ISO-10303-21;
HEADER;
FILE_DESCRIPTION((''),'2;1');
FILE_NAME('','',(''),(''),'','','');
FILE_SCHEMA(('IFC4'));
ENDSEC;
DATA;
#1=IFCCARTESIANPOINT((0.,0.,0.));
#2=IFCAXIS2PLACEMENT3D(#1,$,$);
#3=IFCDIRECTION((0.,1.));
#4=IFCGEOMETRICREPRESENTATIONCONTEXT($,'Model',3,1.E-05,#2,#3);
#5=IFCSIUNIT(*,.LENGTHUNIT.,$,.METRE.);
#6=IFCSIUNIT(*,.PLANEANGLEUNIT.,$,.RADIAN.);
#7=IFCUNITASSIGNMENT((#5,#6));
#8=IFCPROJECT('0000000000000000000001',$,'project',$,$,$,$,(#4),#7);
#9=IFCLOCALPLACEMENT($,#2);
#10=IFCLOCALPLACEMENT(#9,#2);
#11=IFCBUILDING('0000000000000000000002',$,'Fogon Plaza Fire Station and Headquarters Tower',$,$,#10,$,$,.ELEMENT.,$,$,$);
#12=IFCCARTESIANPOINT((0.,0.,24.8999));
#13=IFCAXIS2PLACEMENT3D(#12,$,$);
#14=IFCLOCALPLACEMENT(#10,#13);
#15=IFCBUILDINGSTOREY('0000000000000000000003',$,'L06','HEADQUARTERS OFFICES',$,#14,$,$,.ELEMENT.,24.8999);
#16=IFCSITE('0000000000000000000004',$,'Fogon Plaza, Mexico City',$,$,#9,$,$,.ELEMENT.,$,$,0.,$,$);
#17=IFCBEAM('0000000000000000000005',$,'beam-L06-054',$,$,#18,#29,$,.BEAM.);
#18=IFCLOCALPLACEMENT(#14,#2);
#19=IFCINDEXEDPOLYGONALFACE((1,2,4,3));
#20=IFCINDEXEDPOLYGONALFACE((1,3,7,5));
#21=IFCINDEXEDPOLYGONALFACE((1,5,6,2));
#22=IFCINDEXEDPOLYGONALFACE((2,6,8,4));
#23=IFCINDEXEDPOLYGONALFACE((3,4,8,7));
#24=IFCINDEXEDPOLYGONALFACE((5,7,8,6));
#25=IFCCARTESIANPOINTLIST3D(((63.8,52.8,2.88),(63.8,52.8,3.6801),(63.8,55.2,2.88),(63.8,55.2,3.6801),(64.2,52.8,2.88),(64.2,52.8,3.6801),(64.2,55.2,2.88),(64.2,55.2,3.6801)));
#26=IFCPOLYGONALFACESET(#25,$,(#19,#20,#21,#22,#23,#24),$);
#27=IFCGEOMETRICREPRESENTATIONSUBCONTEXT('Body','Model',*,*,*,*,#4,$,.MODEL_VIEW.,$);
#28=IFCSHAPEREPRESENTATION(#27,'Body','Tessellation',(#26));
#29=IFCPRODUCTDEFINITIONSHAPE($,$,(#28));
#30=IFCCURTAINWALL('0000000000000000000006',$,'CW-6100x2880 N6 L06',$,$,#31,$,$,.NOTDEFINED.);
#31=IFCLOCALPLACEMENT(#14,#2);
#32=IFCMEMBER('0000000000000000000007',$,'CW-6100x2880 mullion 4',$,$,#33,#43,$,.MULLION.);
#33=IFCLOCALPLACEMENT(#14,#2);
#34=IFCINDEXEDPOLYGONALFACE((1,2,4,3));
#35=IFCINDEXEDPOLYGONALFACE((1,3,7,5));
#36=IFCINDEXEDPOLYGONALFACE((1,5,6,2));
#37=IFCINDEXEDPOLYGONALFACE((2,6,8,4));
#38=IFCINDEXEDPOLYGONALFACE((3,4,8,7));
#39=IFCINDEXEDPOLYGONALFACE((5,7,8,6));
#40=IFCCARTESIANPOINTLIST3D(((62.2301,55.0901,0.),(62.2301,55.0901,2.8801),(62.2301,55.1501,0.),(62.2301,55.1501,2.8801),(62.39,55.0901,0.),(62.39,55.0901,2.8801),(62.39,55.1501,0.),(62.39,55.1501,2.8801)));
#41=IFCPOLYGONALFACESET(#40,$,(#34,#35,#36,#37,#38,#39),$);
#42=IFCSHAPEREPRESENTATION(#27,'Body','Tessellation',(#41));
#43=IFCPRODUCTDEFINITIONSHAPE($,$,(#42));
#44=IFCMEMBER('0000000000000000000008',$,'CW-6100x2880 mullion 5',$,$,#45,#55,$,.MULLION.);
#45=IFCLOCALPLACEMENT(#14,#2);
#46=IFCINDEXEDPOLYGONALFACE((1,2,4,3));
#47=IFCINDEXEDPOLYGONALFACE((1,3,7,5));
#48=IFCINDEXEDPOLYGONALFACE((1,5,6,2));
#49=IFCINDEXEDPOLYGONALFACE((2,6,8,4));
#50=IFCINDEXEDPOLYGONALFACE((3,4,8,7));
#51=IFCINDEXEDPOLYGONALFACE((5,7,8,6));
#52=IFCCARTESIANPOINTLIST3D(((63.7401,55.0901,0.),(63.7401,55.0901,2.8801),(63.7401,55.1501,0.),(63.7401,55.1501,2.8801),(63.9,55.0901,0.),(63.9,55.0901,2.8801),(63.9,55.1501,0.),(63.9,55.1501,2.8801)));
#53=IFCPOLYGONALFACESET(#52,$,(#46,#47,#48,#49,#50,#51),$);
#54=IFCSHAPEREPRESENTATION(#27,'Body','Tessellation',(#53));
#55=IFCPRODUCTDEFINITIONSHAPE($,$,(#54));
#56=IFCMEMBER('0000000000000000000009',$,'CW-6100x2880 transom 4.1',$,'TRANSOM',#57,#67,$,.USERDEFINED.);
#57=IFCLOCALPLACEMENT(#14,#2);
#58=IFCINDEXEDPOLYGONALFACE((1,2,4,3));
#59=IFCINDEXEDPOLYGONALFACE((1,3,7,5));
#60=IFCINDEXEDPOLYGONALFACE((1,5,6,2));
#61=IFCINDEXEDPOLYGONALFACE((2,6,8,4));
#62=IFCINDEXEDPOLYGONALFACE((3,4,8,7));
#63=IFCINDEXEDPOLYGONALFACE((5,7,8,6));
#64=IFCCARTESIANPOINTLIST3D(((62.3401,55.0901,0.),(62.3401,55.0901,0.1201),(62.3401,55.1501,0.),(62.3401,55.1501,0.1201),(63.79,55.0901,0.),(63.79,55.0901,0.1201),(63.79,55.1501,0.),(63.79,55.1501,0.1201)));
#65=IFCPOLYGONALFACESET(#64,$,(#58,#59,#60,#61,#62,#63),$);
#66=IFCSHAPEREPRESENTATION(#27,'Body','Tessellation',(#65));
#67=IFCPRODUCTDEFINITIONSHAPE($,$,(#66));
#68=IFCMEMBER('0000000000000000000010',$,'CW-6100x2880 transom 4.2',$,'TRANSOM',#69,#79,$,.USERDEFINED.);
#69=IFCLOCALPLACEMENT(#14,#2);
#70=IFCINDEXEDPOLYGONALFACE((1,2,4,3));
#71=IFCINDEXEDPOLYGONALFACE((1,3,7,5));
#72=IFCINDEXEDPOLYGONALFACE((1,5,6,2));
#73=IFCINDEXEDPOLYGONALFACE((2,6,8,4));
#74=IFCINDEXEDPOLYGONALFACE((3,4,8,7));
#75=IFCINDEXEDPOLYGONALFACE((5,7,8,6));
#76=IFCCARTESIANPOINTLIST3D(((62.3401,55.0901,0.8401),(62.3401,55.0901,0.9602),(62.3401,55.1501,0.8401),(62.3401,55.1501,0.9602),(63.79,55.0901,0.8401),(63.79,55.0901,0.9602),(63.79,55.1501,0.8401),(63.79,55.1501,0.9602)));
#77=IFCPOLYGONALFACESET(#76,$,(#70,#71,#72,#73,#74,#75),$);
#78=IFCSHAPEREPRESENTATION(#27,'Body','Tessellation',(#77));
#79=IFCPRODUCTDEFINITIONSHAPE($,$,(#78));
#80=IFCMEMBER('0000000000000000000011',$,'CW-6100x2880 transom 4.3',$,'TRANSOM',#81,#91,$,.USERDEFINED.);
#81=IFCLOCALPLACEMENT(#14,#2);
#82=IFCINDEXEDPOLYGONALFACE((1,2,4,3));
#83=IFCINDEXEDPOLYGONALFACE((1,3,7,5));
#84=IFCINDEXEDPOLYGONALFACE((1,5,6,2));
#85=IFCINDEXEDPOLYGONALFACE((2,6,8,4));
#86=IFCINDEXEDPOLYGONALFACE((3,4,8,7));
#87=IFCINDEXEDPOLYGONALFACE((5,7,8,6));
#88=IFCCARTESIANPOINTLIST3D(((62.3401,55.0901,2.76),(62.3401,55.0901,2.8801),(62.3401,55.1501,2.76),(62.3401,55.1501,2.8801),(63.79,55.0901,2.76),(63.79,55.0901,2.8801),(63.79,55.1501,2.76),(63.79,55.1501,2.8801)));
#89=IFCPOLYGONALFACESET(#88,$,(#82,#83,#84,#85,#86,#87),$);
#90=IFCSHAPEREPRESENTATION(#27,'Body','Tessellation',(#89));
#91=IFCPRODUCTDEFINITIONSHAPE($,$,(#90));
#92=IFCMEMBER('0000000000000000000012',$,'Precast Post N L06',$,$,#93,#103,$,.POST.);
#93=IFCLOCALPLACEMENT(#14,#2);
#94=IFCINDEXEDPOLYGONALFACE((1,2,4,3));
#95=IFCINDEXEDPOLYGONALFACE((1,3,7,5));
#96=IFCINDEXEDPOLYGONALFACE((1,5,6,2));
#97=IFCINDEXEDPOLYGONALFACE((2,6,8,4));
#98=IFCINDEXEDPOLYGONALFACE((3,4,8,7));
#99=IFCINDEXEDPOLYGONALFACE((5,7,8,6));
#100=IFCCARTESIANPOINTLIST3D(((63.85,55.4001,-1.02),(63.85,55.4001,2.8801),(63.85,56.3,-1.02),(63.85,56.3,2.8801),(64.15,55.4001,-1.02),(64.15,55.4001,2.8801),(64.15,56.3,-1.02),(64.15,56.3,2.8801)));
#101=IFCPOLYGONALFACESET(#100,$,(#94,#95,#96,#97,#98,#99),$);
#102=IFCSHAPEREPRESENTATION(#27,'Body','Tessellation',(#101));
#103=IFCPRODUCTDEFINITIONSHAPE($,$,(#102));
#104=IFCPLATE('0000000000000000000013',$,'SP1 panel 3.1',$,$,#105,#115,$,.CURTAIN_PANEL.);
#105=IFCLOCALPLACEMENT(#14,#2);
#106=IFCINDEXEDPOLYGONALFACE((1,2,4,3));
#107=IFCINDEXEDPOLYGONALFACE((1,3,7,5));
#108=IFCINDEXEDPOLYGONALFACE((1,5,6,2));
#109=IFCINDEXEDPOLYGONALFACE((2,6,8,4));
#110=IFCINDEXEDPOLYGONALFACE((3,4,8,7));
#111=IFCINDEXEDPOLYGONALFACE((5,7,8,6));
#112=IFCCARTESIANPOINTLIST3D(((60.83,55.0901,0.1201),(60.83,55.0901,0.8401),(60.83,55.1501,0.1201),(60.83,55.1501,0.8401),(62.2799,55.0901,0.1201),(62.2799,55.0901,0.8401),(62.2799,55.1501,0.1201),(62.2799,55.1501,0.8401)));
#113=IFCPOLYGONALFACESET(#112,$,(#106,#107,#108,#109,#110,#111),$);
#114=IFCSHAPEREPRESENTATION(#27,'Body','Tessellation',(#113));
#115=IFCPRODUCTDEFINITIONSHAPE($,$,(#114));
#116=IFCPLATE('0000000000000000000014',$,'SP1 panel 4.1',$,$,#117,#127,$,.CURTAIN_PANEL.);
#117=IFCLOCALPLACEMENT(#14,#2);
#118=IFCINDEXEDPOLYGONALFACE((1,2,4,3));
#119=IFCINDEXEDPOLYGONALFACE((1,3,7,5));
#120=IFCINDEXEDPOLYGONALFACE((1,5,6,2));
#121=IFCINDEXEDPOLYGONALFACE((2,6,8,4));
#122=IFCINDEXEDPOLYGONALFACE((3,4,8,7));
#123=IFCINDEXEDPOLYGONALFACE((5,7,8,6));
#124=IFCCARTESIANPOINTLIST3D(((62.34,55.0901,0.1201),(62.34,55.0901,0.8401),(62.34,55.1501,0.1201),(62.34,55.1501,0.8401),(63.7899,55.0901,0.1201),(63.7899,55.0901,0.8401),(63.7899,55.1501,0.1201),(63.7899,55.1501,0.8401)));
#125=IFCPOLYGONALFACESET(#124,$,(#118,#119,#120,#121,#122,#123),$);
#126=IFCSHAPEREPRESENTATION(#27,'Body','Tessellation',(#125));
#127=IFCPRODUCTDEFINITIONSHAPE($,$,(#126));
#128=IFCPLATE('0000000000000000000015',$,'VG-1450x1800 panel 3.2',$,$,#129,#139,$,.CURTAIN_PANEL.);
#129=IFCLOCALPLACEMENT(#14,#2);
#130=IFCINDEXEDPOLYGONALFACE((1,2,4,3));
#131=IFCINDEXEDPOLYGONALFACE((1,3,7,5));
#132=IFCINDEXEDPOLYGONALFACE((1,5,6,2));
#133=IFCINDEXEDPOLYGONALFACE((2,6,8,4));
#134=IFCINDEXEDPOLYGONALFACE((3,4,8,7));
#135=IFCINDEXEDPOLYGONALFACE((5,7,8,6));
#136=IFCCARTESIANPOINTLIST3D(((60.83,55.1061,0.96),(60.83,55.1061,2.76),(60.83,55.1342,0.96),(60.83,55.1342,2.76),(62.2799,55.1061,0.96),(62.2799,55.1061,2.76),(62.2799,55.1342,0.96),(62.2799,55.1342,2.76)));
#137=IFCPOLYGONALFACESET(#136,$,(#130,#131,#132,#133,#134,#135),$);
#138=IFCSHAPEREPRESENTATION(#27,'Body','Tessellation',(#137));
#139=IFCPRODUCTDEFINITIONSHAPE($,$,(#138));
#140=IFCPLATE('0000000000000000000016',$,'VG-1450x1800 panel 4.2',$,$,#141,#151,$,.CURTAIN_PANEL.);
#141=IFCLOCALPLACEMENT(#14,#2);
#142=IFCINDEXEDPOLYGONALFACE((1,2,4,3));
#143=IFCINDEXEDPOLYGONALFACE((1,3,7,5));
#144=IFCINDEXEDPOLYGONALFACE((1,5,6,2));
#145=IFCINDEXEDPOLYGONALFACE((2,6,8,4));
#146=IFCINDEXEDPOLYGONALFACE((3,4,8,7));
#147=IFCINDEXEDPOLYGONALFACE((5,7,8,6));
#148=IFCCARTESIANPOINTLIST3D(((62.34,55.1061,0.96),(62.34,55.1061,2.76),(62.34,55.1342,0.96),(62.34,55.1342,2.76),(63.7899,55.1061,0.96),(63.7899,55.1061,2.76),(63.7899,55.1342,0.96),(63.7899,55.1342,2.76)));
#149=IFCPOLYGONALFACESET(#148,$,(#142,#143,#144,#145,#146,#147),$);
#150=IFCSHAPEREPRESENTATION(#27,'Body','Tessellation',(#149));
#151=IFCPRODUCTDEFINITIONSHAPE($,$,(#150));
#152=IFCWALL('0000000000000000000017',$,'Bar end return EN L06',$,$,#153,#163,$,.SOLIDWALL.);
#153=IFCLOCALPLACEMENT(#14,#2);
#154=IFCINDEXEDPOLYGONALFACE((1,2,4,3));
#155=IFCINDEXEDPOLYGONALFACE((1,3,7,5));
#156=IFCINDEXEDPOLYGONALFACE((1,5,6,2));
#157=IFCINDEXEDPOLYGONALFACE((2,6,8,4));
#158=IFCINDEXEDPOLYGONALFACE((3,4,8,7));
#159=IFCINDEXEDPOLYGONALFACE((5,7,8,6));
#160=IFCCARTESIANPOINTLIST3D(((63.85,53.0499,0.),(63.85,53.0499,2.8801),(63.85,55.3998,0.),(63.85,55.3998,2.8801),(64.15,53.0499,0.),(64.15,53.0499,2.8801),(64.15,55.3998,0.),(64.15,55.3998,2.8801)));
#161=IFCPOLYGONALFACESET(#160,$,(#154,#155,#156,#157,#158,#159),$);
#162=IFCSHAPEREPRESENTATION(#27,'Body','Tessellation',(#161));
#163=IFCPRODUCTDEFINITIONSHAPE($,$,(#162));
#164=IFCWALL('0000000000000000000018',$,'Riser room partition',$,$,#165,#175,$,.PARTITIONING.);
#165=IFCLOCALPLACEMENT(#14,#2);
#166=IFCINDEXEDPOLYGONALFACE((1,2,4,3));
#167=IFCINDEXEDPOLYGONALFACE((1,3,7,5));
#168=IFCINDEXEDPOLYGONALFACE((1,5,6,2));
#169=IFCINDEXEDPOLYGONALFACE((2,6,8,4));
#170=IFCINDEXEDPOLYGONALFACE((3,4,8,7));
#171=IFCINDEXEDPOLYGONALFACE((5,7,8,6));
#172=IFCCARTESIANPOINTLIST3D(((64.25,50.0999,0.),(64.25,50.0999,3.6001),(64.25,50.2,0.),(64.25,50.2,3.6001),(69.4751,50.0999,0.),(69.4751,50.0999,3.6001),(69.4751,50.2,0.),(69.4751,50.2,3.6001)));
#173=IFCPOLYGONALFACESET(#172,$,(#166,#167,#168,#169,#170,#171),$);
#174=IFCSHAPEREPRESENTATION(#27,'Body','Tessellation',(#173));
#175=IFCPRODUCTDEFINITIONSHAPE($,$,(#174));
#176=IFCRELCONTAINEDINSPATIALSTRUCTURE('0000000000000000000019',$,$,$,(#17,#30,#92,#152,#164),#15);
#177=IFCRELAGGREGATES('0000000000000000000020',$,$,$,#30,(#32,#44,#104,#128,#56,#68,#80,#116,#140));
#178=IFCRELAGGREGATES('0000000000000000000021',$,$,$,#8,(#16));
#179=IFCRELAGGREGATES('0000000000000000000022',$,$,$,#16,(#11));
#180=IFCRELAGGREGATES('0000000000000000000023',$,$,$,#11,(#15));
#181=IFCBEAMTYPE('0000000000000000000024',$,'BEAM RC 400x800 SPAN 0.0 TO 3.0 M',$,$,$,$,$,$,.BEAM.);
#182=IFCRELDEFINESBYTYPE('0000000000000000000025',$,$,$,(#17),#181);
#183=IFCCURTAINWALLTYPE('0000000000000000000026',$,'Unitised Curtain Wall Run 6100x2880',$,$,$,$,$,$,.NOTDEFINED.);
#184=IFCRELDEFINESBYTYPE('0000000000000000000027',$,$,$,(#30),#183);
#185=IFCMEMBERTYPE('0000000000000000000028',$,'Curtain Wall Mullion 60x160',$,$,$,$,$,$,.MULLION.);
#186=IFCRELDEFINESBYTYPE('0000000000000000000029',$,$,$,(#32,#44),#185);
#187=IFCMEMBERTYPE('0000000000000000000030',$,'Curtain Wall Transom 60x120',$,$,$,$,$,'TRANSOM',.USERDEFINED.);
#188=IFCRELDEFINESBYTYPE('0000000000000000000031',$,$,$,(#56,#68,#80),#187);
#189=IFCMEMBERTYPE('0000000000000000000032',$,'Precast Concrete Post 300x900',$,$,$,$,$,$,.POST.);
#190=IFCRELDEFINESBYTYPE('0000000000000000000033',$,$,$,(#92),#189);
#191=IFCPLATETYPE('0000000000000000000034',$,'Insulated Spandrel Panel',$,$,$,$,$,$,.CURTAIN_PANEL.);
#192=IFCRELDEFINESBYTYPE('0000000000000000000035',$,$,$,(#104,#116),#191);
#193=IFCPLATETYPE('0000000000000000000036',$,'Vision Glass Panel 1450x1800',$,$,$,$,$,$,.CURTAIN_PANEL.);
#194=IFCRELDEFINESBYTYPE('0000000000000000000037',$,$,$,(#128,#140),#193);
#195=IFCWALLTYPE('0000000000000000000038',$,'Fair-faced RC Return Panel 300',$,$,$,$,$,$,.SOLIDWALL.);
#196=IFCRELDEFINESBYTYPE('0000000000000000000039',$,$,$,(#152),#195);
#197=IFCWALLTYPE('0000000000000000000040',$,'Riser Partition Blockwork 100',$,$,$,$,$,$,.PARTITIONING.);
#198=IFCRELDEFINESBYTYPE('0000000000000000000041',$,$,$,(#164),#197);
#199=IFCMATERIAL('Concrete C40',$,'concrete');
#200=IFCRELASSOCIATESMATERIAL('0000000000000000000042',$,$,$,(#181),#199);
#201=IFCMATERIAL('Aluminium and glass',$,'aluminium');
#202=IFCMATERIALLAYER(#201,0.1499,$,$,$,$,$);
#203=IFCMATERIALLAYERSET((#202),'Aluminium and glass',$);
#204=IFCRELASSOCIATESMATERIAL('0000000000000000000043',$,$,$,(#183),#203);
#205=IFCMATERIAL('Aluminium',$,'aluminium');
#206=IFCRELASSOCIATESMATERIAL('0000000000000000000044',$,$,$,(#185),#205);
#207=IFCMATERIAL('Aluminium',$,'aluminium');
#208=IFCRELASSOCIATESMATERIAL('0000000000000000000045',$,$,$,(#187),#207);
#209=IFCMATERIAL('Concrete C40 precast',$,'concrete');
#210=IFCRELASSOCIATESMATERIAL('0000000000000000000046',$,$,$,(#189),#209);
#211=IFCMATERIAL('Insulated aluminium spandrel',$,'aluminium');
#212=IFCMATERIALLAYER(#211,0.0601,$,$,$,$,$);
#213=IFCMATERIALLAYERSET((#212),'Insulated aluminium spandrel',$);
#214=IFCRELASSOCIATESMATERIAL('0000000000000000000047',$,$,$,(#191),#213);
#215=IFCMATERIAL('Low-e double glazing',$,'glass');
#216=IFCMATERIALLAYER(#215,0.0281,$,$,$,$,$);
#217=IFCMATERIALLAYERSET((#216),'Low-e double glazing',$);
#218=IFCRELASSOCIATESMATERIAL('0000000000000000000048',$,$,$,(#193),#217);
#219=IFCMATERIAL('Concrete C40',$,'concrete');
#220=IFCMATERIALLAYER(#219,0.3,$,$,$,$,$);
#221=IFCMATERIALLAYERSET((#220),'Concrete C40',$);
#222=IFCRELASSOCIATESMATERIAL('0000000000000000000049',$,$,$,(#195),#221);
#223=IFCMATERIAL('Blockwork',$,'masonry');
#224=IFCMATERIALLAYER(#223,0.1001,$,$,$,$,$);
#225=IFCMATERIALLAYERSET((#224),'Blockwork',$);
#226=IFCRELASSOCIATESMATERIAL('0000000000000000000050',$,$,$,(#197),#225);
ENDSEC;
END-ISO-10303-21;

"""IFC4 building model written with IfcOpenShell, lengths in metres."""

from ifc_helpers import new_model, si_unit, direction, frame, frame_2d, origin, origin_2d, place, context, subcontext, project, spatial, rectangle, extrude, material, layer, layer_set, material_profile, profile_set, type_object, element, aggregate, save


model = new_model("IFC4")

# Units and contexts
model_context = context("Model", 3, precision=1e-05, world=origin(), true_north=direction((0.0, 1.0)))
body_context = subcontext(model_context, "Body", "Model", "MODEL_VIEW")
ifc_project = project(units=[si_unit("LENGTHUNIT", "METRE"), si_unit("PLANEANGLEUNIT", "RADIAN")], contexts=[model_context])

# Site, building, storey
site_placement = place(None, origin())
site = spatial("IfcSite", under=ifc_project, at=site_placement, Name="Fogon Plaza, Mexico City", CompositionType="ELEMENT", RefElevation=0.0)
building_placement = place(site_placement, origin())
building = spatial("IfcBuilding", under=site, at=building_placement, Name="Fogon Plaza Fire Station and Headquarters Tower", CompositionType="ELEMENT")
storey_placement = place(building_placement, frame((0.0, 0.0, 24.8999)))
storey = spatial("IfcBuildingStorey", under=building, at=storey_placement, Name="L06", Description="HEADQUARTERS OFFICES", CompositionType="ELEMENT", Elevation=24.8999)

# Beam
ifc_material_1 = material(Name="Concrete C40", Category="concrete")
ifc_material_profile_1 = material_profile(ifc_material_1, rectangle(XDim=0.3999, YDim=0.8, at=origin_2d()), Name="RC 400x800")
ifc_profile_set_1 = profile_set([ifc_material_profile_1], Name="Concrete C40")
beam_type = type_object("IfcBeamType", Name="BEAM RC 400x800 SPAN 0.0 TO 3.0 M", PredefinedType="BEAM", material=ifc_profile_set_1)
beam_placement = place(storey_placement, frame((64.0, 52.8, 3.28), z_axis=(0.0, 1.0, 0.0), x_axis=(-1.0, 0.0, 0.0)))
element("IfcBeam", 1, at=beam_placement, inside=storey, type_object=beam_type, Name="beam-L06-054", PredefinedType="BEAM", context=body_context, shape_type="SweptSolid", body=[
    extrude(rectangle(XDim=0.3999, YDim=0.8, at=origin_2d()), origin(), (0.0, 0.0, 1.0), 2.3999),
])

# Curtain wall, members
ifc_material_2 = material(Name="Aluminium and glass", Category="aluminium")
ifc_layer_1 = layer(ifc_material_2, 0.1499)
ifc_layer_set_1 = layer_set([ifc_layer_1], Name="Aluminium and glass")
curtain_wall_type = type_object("IfcCurtainWallType", Name="Unitised Curtain Wall Run 6100x2880", PredefinedType="NOTDEFINED", material=ifc_layer_set_1)
curtain_wall_placement = place(storey_placement, origin())
curtain_wall = element("IfcCurtainWall", 2, at=curtain_wall_placement, inside=storey, type_object=curtain_wall_type, Name="CW-6100x2880 N6 L06", PredefinedType="NOTDEFINED")
ifc_material_3 = material(Name="Aluminium", Category="aluminium")
ifc_material_profile_2 = material_profile(ifc_material_3, rectangle(XDim=0.0601, YDim=0.1599, at=origin_2d()), Name="Curtain Wall Mullion 60x160")
ifc_profile_set_2 = profile_set([ifc_material_profile_2], Name="Aluminium")
member_type_1 = type_object("IfcMemberType", Name="Curtain Wall Mullion 60x160", PredefinedType="MULLION", material=ifc_profile_set_2)
member_1_placement = place(storey_placement, frame((62.3101, 55.1201, 0.0), z_axis=(0.0, 0.0, 1.0), x_axis=(0.0, 1.0, 0.0)))
member_1 = element("IfcMember", 3, at=member_1_placement, type_object=member_type_1, Name="CW-6100x2880 mullion 4", PredefinedType="MULLION", context=body_context, shape_type="SweptSolid", body=[
    extrude(rectangle(XDim=0.0601, YDim=0.1599, at=origin_2d()), origin(), (0.0, 0.0, 1.0), 2.8801),
])
member_2_placement = place(storey_placement, frame((63.8201, 55.1201, 0.0), z_axis=(0.0, 0.0, 1.0), x_axis=(0.0, 1.0, 0.0)))
member_2 = element("IfcMember", 4, at=member_2_placement, type_object=member_type_1, Name="CW-6100x2880 mullion 5", PredefinedType="MULLION", context=body_context, shape_type="SweptSolid", body=[
    extrude(rectangle(XDim=0.0601, YDim=0.1599, at=origin_2d()), origin(), (0.0, 0.0, 1.0), 2.8801),
])
ifc_material_4 = material(Name="Aluminium", Category="aluminium")
ifc_material_profile_3 = material_profile(ifc_material_4, rectangle(XDim=0.0601, YDim=0.1201, at=origin_2d()), Name="Curtain Wall Transom 60x120")
ifc_profile_set_3 = profile_set([ifc_material_profile_3], Name="Aluminium")
member_type_2 = type_object("IfcMemberType", Name="Curtain Wall Transom 60x120", ElementType="TRANSOM", PredefinedType="USERDEFINED", material=ifc_profile_set_3)
member_3_placement = place(storey_placement, frame((62.3401, 55.1201, 0.0601), z_axis=(1.0, 0.0, 0.0), x_axis=(0.0, 1.0, 0.0)))
member_3 = element("IfcMember", 5, at=member_3_placement, type_object=member_type_2, Name="CW-6100x2880 transom 4.1", ObjectType="TRANSOM", PredefinedType="USERDEFINED", context=body_context, shape_type="SweptSolid", body=[
    extrude(rectangle(XDim=0.0601, YDim=0.1201, at=origin_2d()), origin(), (0.0, 0.0, 1.0), 1.45),
])
member_4_placement = place(storey_placement, frame((62.3401, 55.1201, 0.9001), z_axis=(1.0, 0.0, 0.0), x_axis=(0.0, 1.0, 0.0)))
member_4 = element("IfcMember", 6, at=member_4_placement, type_object=member_type_2, Name="CW-6100x2880 transom 4.2", ObjectType="TRANSOM", PredefinedType="USERDEFINED", context=body_context, shape_type="SweptSolid", body=[
    extrude(rectangle(XDim=0.0601, YDim=0.1201, at=origin_2d()), origin(), (0.0, 0.0, 1.0), 1.45),
])
member_5_placement = place(storey_placement, frame((62.3401, 55.1201, 2.8201), z_axis=(1.0, 0.0, 0.0), x_axis=(0.0, 1.0, 0.0)))
member_5 = element("IfcMember", 7, at=member_5_placement, type_object=member_type_2, Name="CW-6100x2880 transom 4.3", ObjectType="TRANSOM", PredefinedType="USERDEFINED", context=body_context, shape_type="SweptSolid", body=[
    extrude(rectangle(XDim=0.0601, YDim=0.1201, at=origin_2d()), origin(), (0.0, 0.0, 1.0), 1.45),
])

# Member
ifc_material_5 = material(Name="Concrete C40 precast", Category="concrete")
ifc_material_profile_4 = material_profile(ifc_material_5, rectangle(XDim=0.3, YDim=0.8999, at=origin_2d()), Name="Precast Concrete Post 300x900")
ifc_profile_set_4 = profile_set([ifc_material_profile_4], Name="Concrete C40 precast")
member_type_3 = type_object("IfcMemberType", Name="Precast Concrete Post 300x900", PredefinedType="POST", material=ifc_profile_set_4)
member_6_placement = place(storey_placement, frame((64.0, 55.8501, -1.02), z_axis=(0.0, 0.0, 1.0), x_axis=(1.0, 0.0, 0.0)))
element("IfcMember", 8, at=member_6_placement, inside=storey, type_object=member_type_3, Name="Precast Post N L06", PredefinedType="POST", context=body_context, shape_type="SweptSolid", body=[
    extrude(rectangle(XDim=0.3, YDim=0.8999, at=origin_2d()), origin(), (0.0, 0.0, 1.0), 3.9001),
])

# Plates
ifc_material_6 = material(Name="Insulated aluminium spandrel", Category="aluminium")
ifc_layer_2 = layer(ifc_material_6, 0.0601)
ifc_layer_set_2 = layer_set([ifc_layer_2], Name="Insulated aluminium spandrel")
plate_type_1 = type_object("IfcPlateType", Name="Insulated Spandrel Panel", PredefinedType="CURTAIN_PANEL", material=ifc_layer_set_2)
plate_1_placement = place(storey_placement, frame((61.5549, 55.1201, 0.1201), z_axis=(0.0, 0.0, 1.0), x_axis=(1.0, 0.0, 0.0)))
plate_1 = element("IfcPlate", 9, at=plate_1_placement, type_object=plate_type_1, Name="SP1 panel 3.1", PredefinedType="CURTAIN_PANEL", context=body_context, shape_type="SweptSolid", body=[
    extrude(rectangle(XDim=1.45, YDim=0.0601, at=origin_2d()), origin(), (0.0, 0.0, 1.0), 0.72),
])
plate_2_placement = place(storey_placement, frame((63.0649, 55.1201, 0.1201), z_axis=(0.0, 0.0, 1.0), x_axis=(1.0, 0.0, 0.0)))
plate_2 = element("IfcPlate", 10, at=plate_2_placement, type_object=plate_type_1, Name="SP1 panel 4.1", PredefinedType="CURTAIN_PANEL", context=body_context, shape_type="SweptSolid", body=[
    extrude(rectangle(XDim=1.45, YDim=0.0601, at=origin_2d()), origin(), (0.0, 0.0, 1.0), 0.72),
])
ifc_material_7 = material(Name="Low-e double glazing", Category="glass")
ifc_layer_3 = layer(ifc_material_7, 0.0281)
ifc_layer_set_3 = layer_set([ifc_layer_3], Name="Low-e double glazing")
plate_type_2 = type_object("IfcPlateType", Name="Vision Glass Panel 1450x1800", PredefinedType="CURTAIN_PANEL", material=ifc_layer_set_3)
plate_3_placement = place(storey_placement, frame((61.5549, 55.1201, 0.96), z_axis=(0.0, 0.0, 1.0), x_axis=(1.0, 0.0, 0.0)))
plate_3 = element("IfcPlate", 11, at=plate_3_placement, type_object=plate_type_2, Name="VG-1450x1800 panel 3.2", PredefinedType="CURTAIN_PANEL", context=body_context, shape_type="SweptSolid", body=[
    extrude(rectangle(XDim=1.45, YDim=0.0281, at=origin_2d()), origin(), (0.0, 0.0, 1.0), 1.8),
])
plate_4_placement = place(storey_placement, frame((63.0649, 55.1201, 0.96), z_axis=(0.0, 0.0, 1.0), x_axis=(1.0, 0.0, 0.0)))
plate_4 = element("IfcPlate", 12, at=plate_4_placement, type_object=plate_type_2, Name="VG-1450x1800 panel 4.2", PredefinedType="CURTAIN_PANEL", context=body_context, shape_type="SweptSolid", body=[
    extrude(rectangle(XDim=1.45, YDim=0.0281, at=origin_2d()), origin(), (0.0, 0.0, 1.0), 1.8),
])
aggregate(curtain_wall, [member_1, member_2, plate_1, plate_3, member_3, member_4, member_5, plate_2, plate_4])

# Walls
ifc_material_8 = material(Name="Concrete C40", Category="concrete")
ifc_layer_4 = layer(ifc_material_8, 0.3)
ifc_layer_set_4 = layer_set([ifc_layer_4], Name="Concrete C40")
wall_type_1 = type_object("IfcWallType", Name="Fair-faced RC Return Panel 300", PredefinedType="SOLIDWALL", material=ifc_layer_set_4)
wall_1_placement = place(storey_placement, frame((64.0, 53.05, 0.0), z_axis=(0.0, 0.0, 1.0), x_axis=(0.0, 1.0, 0.0)))
element("IfcWall", 13, at=wall_1_placement, inside=storey, type_object=wall_type_1, Name="Bar end return EN L06", PredefinedType="SOLIDWALL", context=body_context, shape_type="SweptSolid", body=[
    extrude(rectangle(XDim=2.3499, YDim=0.3, at=frame_2d((1.1748, 0.0))), origin(), (0.0, 0.0, 1.0), 2.8801),
])
ifc_material_9 = material(Name="Blockwork", Category="masonry")
ifc_layer_5 = layer(ifc_material_9, 0.1001)
ifc_layer_set_5 = layer_set([ifc_layer_5], Name="Blockwork")
wall_type_2 = type_object("IfcWallType", Name="Riser Partition Blockwork 100", PredefinedType="PARTITIONING", material=ifc_layer_set_5)
wall_2_placement = place(storey_placement, frame((69.4751, 50.1499, 0.0), z_axis=(0.0, 0.0, 1.0), x_axis=(-1.0, 0.0, 0.0)))
element("IfcWall", 14, at=wall_2_placement, inside=storey, type_object=wall_type_2, Name="Riser room partition", PredefinedType="PARTITIONING", context=body_context, shape_type="SweptSolid", body=[
    extrude(rectangle(XDim=5.2251, YDim=0.1001, at=frame_2d((2.6125, 0.0))), origin(), (0.0, 0.0, 1.0), 3.6001),
])

save(model, "model.ifc")
